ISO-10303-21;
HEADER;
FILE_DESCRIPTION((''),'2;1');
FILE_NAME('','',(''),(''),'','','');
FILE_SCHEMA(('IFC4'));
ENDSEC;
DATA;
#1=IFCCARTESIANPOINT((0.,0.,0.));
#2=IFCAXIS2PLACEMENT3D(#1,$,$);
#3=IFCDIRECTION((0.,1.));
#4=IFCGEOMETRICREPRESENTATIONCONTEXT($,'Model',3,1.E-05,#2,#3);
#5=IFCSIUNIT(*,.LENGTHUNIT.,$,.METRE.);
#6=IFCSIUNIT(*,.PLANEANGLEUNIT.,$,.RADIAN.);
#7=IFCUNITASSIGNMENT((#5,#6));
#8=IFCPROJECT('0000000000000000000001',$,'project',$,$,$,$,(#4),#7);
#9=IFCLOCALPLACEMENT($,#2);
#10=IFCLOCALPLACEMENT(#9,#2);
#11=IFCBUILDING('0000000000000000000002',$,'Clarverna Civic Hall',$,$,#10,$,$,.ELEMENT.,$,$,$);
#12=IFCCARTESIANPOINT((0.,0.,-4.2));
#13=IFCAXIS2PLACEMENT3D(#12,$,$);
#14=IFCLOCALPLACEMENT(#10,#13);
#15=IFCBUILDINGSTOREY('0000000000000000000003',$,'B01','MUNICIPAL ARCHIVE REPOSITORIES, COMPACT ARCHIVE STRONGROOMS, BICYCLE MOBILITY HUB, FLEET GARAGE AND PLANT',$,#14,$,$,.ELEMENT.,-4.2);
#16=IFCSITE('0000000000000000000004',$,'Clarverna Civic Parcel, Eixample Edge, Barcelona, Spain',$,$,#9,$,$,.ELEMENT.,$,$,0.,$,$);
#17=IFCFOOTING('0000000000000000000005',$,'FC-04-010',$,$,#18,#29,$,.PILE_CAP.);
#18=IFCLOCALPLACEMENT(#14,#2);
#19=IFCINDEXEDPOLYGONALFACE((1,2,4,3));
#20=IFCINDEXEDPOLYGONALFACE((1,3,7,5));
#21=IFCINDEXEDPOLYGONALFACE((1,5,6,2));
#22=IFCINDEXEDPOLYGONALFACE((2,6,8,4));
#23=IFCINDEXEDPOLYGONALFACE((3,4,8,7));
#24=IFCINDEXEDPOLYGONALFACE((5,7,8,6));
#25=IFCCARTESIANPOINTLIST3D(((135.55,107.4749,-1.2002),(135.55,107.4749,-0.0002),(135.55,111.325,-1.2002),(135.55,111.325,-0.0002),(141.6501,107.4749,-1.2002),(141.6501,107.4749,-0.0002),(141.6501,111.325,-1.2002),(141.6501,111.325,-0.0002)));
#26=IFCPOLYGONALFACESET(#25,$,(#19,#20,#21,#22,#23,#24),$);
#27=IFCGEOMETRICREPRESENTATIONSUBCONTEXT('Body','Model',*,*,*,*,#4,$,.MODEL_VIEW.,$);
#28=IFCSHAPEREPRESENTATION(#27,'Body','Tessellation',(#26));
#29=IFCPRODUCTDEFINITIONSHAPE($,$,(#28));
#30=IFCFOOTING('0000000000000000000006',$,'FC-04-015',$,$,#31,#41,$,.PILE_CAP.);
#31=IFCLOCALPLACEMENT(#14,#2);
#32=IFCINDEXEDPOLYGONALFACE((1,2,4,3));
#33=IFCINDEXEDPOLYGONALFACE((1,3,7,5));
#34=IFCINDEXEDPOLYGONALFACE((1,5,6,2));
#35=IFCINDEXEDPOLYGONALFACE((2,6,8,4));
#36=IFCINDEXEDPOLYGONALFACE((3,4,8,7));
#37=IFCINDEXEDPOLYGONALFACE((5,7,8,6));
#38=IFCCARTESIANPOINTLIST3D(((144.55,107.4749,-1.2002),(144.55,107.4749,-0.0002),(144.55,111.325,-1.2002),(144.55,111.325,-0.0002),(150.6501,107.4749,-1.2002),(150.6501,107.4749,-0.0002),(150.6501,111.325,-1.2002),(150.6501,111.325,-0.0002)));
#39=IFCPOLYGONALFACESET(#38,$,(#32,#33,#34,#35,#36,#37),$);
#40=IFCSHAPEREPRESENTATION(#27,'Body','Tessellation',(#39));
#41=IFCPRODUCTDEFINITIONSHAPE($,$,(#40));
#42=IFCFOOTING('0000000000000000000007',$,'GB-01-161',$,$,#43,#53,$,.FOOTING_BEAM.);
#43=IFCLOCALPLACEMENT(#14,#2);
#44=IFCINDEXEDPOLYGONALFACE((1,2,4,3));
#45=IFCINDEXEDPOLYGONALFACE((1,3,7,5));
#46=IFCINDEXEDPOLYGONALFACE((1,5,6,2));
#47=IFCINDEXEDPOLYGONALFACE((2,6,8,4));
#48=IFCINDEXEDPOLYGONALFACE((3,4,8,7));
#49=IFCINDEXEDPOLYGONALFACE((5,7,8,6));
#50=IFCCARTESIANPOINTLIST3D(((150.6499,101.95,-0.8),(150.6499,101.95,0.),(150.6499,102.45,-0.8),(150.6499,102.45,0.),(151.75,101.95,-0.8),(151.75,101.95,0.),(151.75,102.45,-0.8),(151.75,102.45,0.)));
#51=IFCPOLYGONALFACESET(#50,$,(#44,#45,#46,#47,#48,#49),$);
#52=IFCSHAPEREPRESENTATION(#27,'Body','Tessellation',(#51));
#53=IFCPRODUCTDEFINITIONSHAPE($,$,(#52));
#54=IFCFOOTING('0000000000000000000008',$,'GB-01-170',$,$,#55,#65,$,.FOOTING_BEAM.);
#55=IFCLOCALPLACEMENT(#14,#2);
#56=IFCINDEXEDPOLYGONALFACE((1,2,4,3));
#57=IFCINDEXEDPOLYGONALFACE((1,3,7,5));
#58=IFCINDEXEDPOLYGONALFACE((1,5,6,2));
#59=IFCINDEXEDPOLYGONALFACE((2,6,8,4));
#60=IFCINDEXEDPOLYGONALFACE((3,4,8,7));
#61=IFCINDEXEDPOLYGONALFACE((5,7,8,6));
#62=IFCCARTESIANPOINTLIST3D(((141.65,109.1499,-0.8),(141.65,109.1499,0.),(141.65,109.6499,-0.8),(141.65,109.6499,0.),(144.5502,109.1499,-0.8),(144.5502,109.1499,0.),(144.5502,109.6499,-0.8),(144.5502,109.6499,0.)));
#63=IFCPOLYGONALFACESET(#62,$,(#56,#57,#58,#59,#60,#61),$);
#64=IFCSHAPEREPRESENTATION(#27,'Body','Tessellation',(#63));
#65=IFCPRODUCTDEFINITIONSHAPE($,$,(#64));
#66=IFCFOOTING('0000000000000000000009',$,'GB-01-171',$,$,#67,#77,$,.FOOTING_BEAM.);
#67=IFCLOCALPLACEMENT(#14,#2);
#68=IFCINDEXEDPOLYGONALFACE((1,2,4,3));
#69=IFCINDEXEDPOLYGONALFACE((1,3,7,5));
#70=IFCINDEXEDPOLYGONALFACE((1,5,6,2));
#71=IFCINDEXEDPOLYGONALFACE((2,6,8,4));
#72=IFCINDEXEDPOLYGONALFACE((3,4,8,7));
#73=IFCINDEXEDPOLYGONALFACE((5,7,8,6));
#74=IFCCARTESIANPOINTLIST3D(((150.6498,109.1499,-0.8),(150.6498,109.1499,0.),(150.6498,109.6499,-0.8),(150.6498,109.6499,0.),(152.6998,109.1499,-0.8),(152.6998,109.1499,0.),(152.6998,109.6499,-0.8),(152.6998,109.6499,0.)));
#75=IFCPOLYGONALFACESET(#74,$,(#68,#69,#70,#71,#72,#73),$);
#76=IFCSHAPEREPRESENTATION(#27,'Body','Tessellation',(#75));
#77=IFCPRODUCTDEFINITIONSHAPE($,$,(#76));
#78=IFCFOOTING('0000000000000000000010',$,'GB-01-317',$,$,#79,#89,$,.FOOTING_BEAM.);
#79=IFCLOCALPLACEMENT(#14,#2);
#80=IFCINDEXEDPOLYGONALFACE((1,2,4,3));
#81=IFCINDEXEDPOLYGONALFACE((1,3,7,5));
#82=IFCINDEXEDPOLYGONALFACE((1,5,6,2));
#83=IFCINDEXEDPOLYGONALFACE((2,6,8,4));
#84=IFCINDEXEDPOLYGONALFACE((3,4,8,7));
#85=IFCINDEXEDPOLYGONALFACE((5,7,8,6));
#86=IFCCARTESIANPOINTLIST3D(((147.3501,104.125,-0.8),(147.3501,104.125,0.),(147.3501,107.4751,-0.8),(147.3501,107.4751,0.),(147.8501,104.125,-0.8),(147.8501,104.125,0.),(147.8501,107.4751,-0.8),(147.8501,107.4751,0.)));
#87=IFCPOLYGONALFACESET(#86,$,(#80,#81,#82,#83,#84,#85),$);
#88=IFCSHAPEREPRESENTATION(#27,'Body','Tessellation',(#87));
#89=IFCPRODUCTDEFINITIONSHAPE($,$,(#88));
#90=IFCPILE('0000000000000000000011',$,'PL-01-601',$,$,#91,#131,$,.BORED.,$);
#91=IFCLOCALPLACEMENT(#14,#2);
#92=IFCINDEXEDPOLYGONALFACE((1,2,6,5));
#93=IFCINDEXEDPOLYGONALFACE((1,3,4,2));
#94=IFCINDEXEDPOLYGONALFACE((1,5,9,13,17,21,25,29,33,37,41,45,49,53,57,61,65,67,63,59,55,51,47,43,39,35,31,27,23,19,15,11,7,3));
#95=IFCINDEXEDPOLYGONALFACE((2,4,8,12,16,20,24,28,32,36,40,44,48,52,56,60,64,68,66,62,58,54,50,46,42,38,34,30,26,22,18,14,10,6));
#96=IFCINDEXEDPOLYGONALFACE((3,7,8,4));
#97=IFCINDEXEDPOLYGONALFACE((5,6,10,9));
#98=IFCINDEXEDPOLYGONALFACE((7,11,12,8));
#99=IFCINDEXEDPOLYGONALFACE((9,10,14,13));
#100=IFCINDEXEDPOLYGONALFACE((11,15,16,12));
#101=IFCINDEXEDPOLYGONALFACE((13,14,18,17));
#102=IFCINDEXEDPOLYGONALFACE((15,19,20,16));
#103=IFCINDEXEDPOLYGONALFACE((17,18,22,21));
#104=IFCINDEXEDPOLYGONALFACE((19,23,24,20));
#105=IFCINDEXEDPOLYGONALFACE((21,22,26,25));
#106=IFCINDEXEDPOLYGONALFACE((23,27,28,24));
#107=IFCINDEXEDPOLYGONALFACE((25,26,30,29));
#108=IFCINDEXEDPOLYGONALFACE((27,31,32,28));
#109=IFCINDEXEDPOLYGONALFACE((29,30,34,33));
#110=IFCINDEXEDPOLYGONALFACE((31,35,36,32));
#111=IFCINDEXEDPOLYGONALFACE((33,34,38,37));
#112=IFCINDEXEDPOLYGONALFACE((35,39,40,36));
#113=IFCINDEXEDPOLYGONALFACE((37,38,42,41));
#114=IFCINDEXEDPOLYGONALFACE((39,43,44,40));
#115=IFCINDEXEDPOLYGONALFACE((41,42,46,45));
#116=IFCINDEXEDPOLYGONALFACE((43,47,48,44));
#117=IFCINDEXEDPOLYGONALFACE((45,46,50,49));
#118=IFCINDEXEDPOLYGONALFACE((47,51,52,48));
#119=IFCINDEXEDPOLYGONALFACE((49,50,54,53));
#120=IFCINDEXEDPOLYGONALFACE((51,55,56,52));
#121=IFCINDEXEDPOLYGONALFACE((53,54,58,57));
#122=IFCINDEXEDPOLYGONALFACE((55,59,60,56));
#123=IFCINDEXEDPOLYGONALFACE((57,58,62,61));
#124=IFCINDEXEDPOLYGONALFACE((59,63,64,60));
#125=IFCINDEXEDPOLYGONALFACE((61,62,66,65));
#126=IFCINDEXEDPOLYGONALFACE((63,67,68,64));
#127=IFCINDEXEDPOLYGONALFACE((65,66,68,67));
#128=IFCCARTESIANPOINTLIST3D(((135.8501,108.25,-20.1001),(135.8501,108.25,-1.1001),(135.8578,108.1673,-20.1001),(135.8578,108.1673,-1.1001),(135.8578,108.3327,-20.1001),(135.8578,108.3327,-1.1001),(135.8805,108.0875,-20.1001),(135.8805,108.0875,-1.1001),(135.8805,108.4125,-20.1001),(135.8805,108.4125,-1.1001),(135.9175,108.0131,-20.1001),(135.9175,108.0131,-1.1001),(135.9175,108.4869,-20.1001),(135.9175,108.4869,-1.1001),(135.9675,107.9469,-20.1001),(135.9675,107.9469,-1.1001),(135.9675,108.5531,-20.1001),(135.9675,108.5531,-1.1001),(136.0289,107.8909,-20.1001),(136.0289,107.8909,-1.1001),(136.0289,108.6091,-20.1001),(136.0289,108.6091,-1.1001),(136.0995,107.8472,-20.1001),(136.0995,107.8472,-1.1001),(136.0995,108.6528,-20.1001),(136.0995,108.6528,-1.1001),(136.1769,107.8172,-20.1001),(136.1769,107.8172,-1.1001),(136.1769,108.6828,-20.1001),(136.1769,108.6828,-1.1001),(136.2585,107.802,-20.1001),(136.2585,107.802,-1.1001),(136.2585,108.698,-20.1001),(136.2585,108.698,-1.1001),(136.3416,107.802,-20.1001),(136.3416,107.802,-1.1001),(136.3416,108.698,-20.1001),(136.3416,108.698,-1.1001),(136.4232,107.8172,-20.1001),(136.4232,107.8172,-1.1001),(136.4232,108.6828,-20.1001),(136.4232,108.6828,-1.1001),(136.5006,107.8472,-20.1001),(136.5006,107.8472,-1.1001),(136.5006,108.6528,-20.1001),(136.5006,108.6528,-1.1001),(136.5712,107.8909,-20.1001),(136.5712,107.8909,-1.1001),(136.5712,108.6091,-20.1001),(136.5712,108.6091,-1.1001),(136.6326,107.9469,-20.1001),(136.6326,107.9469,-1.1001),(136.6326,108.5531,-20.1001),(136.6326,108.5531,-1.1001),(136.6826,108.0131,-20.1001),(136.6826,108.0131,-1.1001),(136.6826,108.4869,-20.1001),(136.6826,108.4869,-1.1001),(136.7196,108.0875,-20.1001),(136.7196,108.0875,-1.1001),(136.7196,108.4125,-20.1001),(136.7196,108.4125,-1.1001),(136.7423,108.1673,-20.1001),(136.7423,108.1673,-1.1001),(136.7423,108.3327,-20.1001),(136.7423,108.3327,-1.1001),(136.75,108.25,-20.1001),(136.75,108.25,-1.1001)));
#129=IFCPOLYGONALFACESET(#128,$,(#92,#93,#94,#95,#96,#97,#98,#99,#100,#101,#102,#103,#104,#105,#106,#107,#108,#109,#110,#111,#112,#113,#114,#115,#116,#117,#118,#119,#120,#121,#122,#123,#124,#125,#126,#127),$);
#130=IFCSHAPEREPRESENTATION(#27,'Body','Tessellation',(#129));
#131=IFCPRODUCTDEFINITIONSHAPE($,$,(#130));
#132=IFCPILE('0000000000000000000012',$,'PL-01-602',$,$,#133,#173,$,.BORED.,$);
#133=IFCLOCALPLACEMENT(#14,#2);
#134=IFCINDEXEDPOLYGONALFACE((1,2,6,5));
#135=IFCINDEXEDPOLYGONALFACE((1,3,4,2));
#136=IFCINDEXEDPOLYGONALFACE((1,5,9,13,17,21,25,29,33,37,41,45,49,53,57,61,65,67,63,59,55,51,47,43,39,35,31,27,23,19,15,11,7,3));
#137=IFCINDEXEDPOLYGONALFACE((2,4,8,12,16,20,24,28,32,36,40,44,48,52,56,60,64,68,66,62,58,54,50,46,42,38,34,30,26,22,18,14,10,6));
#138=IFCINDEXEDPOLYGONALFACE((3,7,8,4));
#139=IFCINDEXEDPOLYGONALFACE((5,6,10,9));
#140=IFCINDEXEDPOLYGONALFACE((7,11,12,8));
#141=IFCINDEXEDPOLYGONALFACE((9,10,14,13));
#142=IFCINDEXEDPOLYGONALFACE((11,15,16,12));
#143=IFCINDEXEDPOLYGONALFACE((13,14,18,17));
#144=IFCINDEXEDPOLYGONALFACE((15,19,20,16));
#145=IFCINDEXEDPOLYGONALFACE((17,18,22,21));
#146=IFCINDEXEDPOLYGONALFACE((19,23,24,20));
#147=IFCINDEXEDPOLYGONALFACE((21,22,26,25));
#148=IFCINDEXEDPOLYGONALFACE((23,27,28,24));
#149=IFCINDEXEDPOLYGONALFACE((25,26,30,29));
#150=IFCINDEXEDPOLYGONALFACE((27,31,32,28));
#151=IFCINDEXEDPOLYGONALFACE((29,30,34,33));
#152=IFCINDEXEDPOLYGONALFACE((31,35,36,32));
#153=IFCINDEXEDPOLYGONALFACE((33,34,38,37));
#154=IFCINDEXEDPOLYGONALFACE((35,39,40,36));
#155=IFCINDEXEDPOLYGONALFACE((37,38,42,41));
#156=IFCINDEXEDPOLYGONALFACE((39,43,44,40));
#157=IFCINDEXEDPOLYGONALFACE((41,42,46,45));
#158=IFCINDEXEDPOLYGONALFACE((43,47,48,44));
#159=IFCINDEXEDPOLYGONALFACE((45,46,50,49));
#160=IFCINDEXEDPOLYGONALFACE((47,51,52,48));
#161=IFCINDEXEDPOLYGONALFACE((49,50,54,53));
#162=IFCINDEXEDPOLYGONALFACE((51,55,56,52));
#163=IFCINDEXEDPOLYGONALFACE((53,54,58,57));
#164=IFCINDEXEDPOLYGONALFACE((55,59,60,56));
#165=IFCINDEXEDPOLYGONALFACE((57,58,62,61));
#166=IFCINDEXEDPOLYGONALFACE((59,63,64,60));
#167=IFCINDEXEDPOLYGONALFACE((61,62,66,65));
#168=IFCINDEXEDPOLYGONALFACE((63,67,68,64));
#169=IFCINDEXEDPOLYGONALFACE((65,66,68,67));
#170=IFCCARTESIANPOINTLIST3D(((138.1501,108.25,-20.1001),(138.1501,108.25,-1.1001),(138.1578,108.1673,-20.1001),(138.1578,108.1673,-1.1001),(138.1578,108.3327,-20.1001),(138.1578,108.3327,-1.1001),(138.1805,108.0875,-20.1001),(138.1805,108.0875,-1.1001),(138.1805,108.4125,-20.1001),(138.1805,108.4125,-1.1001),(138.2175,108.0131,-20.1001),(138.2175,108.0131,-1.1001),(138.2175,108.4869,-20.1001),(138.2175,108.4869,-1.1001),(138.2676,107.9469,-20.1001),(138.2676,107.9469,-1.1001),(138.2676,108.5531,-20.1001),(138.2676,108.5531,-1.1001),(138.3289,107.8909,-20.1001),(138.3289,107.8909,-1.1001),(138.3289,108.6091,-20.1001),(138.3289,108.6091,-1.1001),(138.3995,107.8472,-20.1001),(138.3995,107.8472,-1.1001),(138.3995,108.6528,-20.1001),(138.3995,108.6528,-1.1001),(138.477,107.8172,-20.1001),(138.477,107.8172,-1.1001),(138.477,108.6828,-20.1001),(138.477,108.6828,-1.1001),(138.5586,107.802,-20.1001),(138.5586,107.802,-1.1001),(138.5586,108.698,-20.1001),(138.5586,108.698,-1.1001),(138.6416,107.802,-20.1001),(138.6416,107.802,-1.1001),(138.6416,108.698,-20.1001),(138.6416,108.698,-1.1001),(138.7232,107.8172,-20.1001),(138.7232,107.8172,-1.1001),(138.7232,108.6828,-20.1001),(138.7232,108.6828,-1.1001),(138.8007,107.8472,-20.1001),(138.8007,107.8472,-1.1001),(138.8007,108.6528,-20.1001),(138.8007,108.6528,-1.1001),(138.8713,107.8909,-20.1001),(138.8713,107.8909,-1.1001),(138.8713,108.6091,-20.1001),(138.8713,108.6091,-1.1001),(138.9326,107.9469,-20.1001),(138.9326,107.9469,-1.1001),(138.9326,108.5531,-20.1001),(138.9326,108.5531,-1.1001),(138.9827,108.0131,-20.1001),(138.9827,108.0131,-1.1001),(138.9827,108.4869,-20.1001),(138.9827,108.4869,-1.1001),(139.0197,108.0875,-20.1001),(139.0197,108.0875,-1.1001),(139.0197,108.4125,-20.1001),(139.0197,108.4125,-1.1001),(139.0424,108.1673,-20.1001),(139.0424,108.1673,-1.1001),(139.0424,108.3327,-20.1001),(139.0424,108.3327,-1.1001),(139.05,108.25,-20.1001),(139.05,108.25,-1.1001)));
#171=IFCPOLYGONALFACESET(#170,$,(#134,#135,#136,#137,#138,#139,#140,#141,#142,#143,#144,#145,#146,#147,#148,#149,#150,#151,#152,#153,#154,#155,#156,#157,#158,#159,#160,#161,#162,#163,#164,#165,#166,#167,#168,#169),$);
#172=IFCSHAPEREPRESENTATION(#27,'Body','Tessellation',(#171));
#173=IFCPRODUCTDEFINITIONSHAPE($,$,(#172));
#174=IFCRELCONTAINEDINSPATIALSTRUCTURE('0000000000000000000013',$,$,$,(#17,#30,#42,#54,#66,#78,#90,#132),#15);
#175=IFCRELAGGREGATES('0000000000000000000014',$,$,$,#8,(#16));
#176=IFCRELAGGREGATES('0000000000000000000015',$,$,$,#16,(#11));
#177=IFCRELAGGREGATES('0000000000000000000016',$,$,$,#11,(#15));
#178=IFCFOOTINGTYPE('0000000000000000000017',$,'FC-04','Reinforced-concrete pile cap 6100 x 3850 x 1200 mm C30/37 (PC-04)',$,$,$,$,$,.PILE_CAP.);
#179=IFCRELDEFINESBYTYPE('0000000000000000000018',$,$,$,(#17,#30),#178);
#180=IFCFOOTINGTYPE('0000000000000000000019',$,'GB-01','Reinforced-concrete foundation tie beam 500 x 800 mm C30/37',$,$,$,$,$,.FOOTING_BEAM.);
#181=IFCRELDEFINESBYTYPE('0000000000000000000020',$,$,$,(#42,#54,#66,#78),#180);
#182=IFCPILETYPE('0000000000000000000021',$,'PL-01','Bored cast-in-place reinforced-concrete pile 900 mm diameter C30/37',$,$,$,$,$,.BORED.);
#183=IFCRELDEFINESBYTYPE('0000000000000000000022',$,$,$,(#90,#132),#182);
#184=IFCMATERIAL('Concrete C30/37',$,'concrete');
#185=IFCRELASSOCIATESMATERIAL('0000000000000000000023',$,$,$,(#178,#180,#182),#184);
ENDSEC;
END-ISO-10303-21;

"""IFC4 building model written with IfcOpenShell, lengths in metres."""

from ifc_helpers import new_model, si_unit, direction, frame, frame_2d, origin, origin_2d, place, context, subcontext, project, spatial, rectangle, circle, extrude, material, material_profile, profile_set, type_object, element, save


model = new_model("IFC4")

# Units and contexts
model_context = context("Model", 3, precision=1e-05, world=origin(), true_north=direction((0.0, 1.0)))
body_context = subcontext(model_context, "Body", "Model", "MODEL_VIEW")
ifc_project = project(units=[si_unit("LENGTHUNIT", "METRE"), si_unit("PLANEANGLEUNIT", "RADIAN")], contexts=[model_context])

# Site, building, storey
site_placement = place(None, origin())
site = spatial("IfcSite", under=ifc_project, at=site_placement, Name="Clarverna Civic Parcel, Eixample Edge, Barcelona, Spain", CompositionType="ELEMENT", RefElevation=0.0)
building_placement = place(site_placement, origin())
building = spatial("IfcBuilding", under=site, at=building_placement, Name="Clarverna Civic Hall", CompositionType="ELEMENT")
storey_placement = place(building_placement, frame((0.0, 0.0, -4.2)))
storey = spatial("IfcBuildingStorey", under=building, at=storey_placement, Name="B01", Description="MUNICIPAL ARCHIVE REPOSITORIES, COMPACT ARCHIVE STRONGROOMS, BICYCLE MOBILITY HUB, FLEET GARAGE AND PLANT", CompositionType="ELEMENT", Elevation=-4.2)

# Footings
ifc_material_1 = material(Name="Concrete C30/37", Category="concrete")
footing_type_1 = type_object("IfcFootingType", Name="FC-04", Description="Reinforced-concrete pile cap 6100 x 3850 x 1200 mm C30/37 (PC-04)", PredefinedType="PILE_CAP", material=ifc_material_1)
for number, where, z_axis, x_axis, name in (
    (1, (138.6001, 109.3999, -1.2002), (0.0, 0.0, 1.0), (1.0, 0.0, 0.0), "FC-04-010"),
    (2, (147.6001, 109.3999, -1.2002), (0.0, 0.0, 1.0), (1.0, 0.0, 0.0), "FC-04-015"),
):
    element("IfcFooting", number, at=place(storey_placement, frame(where, z_axis=z_axis, x_axis=x_axis)), inside=storey, type_object=footing_type_1, Name=name, PredefinedType="PILE_CAP", context=body_context, shape_type="SweptSolid", body=[
        extrude(rectangle(XDim=6.1001, YDim=3.8501, at=origin_2d()), origin(), (0.0, 0.0, 1.0), 1.2),
    ])
footing_type_2 = type_object("IfcFootingType", Name="GB-01", Description="Reinforced-concrete foundation tie beam 500 x 800 mm C30/37", PredefinedType="FOOTING_BEAM", material=ifc_material_1)
footing_1_placement = place(storey_placement, frame((150.6499, 102.2, -0.8), z_axis=(0.0, 0.0, 1.0), x_axis=(1.0, 0.0, 0.0)))
element("IfcFooting", 3, at=footing_1_placement, inside=storey, type_object=footing_type_2, Name="GB-01-161", PredefinedType="FOOTING_BEAM", context=body_context, shape_type="SweptSolid", body=[
    extrude(rectangle(XDim=1.1001, YDim=0.5, at=frame_2d((0.55, 0.0))), origin(), (0.0, 0.0, 1.0), 0.8),
])
footing_2_placement = place(storey_placement, frame((141.6499, 109.3999, -0.8), z_axis=(0.0, 0.0, 1.0), x_axis=(1.0, 0.0, 0.0)))
element("IfcFooting", 4, at=footing_2_placement, inside=storey, type_object=footing_type_2, Name="GB-01-170", PredefinedType="FOOTING_BEAM", context=body_context, shape_type="SweptSolid", body=[
    extrude(rectangle(XDim=2.9001, YDim=0.5, at=frame_2d((1.4502, 0.0))), origin(), (0.0, 0.0, 1.0), 0.8),
])
footing_3_placement = place(storey_placement, frame((150.6499, 109.3999, -0.8), z_axis=(0.0, 0.0, 1.0), x_axis=(1.0, 0.0, 0.0)))
element("IfcFooting", 5, at=footing_3_placement, inside=storey, type_object=footing_type_2, Name="GB-01-171", PredefinedType="FOOTING_BEAM", context=body_context, shape_type="SweptSolid", body=[
    extrude(rectangle(XDim=2.05, YDim=0.5, at=frame_2d((1.0249, 0.0))), origin(), (0.0, 0.0, 1.0), 0.8),
])
footing_4_placement = place(storey_placement, frame((147.6001, 104.125, -0.8), z_axis=(0.0, 0.0, 1.0), x_axis=(0.0, 1.0, 0.0)))
element("IfcFooting", 6, at=footing_4_placement, inside=storey, type_object=footing_type_2, Name="GB-01-317", PredefinedType="FOOTING_BEAM", context=body_context, shape_type="SweptSolid", body=[
    extrude(rectangle(XDim=3.3501, YDim=0.5, at=frame_2d((1.675, 0.0))), origin(), (0.0, 0.0, 1.0), 0.8),
])

# Piles
ifc_material_profile_1 = material_profile(ifc_material_1, circle(Radius=0.45, at=origin_2d()), Name="BORED PILE D900")
ifc_profile_set_1 = profile_set([ifc_material_profile_1], Name="Concrete C30/37")
pile_type = type_object("IfcPileType", Name="PL-01", Description="Bored cast-in-place reinforced-concrete pile 900 mm diameter C30/37", PredefinedType="BORED", material=ifc_profile_set_1)
for number, where, z_axis, x_axis, name in (
    (7, (136.3, 108.25, -1.1001), (0.0, 0.0, -1.0), (1.0, 0.0, 0.0), "PL-01-601"),
    (8, (138.6001, 108.25, -1.1001), (0.0, 0.0, -1.0), (1.0, 0.0, 0.0), "PL-01-602"),
):
    element("IfcPile", number, at=place(storey_placement, frame(where, z_axis=z_axis, x_axis=x_axis)), inside=storey, type_object=pile_type, Name=name, PredefinedType="BORED", context=body_context, shape_type="SweptSolid", body=[
        extrude(circle(Radius=0.45, at=origin_2d()), origin(), (0.0, 0.0, 1.0), 19.0),
    ])

save(model, "model.ifc")
